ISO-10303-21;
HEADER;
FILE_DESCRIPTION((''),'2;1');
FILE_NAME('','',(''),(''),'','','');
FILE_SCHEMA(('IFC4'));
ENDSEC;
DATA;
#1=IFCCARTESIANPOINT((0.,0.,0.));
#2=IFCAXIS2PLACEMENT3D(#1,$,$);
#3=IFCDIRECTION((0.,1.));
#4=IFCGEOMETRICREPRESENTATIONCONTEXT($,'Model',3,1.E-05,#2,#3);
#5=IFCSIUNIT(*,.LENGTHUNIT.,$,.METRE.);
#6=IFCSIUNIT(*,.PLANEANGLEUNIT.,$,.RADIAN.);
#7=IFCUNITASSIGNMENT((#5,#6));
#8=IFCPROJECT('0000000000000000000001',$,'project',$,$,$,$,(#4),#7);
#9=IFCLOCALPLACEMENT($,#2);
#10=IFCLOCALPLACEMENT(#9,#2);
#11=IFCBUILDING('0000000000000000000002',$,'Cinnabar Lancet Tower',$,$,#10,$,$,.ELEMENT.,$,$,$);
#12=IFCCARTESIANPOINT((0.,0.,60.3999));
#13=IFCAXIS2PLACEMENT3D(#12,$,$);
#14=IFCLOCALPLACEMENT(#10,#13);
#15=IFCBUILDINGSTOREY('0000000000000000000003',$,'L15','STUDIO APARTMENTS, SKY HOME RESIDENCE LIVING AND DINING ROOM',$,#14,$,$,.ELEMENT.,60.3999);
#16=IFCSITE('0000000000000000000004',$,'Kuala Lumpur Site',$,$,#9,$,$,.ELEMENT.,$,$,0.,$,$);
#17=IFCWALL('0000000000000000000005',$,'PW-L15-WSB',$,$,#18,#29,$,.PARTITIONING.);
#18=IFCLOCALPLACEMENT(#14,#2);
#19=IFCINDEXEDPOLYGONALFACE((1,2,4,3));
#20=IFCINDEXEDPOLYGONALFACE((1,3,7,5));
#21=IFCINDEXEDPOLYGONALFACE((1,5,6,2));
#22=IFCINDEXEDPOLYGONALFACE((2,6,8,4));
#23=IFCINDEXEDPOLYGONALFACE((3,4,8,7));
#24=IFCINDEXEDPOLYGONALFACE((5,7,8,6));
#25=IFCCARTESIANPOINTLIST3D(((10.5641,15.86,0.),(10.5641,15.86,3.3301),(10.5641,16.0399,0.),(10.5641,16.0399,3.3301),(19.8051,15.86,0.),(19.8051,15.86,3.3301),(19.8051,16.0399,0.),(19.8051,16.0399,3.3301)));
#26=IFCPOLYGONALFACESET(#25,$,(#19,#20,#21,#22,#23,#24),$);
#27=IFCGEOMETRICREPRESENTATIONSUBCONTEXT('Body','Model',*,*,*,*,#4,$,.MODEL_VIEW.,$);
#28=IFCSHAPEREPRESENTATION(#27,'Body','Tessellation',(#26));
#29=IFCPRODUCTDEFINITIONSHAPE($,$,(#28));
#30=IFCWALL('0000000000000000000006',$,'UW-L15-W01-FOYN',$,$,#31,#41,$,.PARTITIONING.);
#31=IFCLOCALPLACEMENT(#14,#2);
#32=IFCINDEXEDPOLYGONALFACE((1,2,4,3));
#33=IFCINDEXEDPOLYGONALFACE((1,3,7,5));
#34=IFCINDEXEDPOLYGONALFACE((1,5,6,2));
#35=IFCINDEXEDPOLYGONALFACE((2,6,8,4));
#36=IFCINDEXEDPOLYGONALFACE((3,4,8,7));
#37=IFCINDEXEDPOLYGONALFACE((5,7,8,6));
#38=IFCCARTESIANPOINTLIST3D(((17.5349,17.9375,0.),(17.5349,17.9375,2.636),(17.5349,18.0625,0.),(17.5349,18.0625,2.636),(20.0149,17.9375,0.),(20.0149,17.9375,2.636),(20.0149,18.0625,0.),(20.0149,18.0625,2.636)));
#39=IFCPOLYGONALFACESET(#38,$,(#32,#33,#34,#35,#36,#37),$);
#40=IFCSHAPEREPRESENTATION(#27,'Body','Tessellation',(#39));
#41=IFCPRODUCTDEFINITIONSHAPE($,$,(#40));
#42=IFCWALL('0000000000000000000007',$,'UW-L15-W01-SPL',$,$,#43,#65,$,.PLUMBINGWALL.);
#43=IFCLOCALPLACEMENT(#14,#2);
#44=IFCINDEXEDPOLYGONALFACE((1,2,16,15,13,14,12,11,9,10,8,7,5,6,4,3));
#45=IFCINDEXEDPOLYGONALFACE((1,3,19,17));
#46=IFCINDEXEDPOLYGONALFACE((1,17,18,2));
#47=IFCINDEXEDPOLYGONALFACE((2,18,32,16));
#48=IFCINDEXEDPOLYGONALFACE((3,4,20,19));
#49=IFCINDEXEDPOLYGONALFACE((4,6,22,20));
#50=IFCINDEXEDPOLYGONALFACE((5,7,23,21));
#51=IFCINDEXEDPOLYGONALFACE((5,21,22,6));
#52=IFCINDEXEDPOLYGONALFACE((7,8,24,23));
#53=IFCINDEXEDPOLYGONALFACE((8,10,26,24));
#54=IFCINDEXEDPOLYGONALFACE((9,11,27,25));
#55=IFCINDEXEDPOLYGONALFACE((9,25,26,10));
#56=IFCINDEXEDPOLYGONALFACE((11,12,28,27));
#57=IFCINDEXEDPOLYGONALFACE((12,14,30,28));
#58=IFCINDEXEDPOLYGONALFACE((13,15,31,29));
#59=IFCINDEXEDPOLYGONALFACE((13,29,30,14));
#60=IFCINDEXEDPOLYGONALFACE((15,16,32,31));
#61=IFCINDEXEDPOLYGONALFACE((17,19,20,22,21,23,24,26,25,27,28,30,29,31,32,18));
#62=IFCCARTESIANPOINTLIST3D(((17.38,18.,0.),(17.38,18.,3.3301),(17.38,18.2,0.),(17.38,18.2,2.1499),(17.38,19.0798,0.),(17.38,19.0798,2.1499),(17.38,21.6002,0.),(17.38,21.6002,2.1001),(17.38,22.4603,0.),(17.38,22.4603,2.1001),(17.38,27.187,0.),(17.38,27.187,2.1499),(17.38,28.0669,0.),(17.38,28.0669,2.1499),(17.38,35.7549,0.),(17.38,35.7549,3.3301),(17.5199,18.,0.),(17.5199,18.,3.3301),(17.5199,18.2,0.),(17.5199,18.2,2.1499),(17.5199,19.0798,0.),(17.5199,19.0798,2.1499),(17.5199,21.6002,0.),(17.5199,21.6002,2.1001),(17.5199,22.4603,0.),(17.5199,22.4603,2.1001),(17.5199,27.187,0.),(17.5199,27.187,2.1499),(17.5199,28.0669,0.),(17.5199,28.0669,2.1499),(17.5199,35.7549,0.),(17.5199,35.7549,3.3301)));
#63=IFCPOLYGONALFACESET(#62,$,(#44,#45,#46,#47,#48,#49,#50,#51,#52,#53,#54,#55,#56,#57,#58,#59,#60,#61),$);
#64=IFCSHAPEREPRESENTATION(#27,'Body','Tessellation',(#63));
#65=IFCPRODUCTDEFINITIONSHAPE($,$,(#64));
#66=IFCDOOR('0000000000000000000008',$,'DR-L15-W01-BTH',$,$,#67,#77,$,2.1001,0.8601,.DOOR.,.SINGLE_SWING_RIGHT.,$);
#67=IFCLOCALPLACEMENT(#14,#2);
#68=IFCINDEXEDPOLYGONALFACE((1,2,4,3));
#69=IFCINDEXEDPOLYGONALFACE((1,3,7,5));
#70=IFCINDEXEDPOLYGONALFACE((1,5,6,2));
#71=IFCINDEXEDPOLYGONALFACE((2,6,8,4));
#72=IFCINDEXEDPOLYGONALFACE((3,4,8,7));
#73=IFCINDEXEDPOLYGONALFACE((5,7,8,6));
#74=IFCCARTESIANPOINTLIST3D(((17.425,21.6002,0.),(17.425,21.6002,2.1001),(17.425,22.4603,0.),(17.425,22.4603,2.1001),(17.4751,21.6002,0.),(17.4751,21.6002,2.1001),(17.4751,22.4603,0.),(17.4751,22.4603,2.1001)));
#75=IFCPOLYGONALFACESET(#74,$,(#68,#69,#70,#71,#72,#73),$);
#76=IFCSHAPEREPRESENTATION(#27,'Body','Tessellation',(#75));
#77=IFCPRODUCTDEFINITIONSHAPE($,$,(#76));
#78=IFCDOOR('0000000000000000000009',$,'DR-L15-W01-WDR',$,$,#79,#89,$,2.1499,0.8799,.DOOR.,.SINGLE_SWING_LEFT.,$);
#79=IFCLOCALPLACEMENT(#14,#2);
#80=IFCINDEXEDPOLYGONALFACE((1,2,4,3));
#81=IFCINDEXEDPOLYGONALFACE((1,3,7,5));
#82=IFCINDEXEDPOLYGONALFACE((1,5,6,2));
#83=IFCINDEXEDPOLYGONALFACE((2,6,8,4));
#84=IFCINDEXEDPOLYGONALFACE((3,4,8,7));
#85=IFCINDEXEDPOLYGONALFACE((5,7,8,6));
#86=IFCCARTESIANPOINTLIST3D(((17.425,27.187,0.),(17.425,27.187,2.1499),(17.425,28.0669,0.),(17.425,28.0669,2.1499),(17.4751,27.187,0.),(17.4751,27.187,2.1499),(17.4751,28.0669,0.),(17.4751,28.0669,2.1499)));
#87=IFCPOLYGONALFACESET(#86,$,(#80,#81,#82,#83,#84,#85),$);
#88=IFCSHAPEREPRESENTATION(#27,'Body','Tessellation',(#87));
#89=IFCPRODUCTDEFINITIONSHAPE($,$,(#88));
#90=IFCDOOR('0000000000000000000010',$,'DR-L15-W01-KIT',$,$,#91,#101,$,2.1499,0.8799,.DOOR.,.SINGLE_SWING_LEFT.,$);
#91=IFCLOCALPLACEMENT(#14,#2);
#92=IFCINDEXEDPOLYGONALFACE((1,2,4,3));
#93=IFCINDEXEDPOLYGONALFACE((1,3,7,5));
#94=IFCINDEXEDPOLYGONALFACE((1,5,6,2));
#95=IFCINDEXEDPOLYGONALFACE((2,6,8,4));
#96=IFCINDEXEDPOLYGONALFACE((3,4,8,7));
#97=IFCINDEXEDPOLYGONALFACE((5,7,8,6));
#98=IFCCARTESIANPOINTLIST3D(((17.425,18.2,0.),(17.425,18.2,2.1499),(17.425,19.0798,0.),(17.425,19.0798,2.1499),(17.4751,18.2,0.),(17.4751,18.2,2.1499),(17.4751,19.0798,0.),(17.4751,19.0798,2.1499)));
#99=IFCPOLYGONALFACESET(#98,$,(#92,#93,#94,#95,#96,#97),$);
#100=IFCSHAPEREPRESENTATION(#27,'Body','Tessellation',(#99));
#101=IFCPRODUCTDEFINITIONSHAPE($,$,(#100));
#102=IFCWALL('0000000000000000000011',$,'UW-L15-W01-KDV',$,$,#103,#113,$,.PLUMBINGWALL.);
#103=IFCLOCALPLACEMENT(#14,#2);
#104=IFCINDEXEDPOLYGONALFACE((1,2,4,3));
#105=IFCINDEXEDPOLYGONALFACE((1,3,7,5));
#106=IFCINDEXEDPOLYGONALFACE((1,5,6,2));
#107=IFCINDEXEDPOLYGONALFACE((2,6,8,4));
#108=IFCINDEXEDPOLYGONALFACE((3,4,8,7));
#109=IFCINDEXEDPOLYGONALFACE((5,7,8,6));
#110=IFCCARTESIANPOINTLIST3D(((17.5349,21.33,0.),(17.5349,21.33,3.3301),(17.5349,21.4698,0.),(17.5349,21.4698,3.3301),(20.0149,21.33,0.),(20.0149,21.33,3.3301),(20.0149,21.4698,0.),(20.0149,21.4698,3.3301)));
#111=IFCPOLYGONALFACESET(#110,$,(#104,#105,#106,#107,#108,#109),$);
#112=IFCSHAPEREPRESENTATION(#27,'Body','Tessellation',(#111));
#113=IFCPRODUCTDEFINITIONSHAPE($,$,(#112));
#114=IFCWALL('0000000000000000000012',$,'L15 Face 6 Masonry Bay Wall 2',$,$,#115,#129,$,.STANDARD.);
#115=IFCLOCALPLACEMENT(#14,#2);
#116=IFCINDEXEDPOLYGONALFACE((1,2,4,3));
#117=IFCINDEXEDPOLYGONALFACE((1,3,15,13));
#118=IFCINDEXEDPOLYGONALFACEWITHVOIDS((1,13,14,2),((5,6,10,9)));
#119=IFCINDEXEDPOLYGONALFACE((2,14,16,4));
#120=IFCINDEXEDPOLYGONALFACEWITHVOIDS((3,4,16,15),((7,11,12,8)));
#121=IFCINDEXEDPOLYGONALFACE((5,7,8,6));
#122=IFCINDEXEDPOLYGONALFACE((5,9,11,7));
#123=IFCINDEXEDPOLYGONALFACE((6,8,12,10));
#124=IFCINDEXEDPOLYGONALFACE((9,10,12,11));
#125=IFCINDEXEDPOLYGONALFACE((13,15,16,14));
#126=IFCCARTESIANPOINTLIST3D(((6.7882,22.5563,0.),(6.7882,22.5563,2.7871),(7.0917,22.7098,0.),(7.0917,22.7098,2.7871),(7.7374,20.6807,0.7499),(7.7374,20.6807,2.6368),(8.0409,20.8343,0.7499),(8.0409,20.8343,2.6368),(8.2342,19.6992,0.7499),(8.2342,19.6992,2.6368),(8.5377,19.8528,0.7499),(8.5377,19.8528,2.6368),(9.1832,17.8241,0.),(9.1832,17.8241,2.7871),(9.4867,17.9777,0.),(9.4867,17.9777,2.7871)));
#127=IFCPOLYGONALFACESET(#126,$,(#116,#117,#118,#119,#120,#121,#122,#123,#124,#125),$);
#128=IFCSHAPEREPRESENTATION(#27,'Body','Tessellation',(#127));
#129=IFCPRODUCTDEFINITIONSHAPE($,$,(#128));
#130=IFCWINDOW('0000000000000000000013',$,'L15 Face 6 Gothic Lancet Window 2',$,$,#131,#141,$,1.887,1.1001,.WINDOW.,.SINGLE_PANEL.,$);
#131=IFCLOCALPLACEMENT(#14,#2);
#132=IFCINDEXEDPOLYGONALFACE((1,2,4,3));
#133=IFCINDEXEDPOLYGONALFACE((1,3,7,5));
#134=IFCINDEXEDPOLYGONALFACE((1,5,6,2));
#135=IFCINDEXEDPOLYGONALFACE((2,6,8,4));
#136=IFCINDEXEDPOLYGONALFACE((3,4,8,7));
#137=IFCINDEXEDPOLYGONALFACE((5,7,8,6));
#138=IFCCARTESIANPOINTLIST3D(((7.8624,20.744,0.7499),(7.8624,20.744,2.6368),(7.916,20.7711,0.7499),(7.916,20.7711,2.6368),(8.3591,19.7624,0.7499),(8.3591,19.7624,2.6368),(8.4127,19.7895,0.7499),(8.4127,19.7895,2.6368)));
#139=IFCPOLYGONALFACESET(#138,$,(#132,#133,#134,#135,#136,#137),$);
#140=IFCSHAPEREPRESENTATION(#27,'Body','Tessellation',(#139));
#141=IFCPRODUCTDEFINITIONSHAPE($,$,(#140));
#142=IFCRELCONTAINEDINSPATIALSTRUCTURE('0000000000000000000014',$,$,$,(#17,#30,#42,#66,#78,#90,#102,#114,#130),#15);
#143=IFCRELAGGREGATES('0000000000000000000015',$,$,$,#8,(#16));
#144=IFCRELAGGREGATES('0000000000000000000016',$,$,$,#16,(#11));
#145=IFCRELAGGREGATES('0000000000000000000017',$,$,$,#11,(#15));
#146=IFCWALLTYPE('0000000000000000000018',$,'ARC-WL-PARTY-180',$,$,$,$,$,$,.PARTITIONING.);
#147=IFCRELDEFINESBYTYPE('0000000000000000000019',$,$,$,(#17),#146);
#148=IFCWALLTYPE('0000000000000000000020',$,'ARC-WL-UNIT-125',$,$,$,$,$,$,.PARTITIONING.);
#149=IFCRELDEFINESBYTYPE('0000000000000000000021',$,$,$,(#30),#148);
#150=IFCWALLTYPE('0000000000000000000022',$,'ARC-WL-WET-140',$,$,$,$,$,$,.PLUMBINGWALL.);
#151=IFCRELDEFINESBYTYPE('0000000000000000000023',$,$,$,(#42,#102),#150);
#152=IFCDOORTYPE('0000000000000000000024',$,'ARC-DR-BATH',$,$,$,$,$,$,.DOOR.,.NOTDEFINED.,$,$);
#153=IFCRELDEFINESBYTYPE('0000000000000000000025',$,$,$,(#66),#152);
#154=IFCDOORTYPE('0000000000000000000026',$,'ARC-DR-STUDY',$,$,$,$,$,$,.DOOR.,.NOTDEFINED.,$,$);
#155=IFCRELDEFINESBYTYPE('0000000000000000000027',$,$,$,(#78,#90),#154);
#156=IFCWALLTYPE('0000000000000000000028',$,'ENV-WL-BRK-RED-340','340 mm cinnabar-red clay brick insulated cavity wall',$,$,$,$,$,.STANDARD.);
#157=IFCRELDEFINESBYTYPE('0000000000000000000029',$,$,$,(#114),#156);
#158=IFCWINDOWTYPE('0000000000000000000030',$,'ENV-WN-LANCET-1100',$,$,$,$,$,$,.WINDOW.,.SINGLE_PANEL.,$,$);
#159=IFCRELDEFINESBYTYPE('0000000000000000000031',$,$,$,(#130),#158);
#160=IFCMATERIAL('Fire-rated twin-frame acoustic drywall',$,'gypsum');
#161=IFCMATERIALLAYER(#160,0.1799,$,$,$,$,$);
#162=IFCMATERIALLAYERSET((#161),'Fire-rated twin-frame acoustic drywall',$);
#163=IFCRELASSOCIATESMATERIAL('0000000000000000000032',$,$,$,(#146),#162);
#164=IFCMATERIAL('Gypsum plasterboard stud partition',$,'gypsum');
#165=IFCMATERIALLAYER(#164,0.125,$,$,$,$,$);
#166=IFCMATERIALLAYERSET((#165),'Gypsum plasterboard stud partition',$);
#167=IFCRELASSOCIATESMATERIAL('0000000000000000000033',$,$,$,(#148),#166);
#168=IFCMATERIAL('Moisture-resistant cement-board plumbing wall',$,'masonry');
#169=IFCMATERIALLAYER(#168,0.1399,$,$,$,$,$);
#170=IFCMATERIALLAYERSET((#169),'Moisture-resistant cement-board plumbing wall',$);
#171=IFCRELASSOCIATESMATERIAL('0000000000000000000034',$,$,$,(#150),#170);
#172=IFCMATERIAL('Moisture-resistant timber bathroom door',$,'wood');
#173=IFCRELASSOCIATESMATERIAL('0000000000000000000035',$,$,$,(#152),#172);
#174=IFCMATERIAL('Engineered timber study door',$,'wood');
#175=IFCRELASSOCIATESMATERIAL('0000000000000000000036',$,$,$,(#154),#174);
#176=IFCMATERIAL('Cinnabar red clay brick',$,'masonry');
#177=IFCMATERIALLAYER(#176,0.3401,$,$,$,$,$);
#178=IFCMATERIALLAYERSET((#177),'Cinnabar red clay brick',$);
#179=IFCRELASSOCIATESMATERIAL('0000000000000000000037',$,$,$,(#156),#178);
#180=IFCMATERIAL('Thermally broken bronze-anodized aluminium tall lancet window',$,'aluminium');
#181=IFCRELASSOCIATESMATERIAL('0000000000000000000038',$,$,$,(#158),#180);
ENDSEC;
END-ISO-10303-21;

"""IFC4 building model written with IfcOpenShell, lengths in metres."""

from ifc_helpers import new_model, si_unit, direction, frame, frame_2d, origin, place, context, subcontext, project, spatial, rectangle, extrude, material, layer, layer_set, type_object, element, fill, save


model = new_model("IFC4")

# Units and contexts
model_context = context("Model", 3, precision=1e-05, world=origin(), true_north=direction((0.0, 1.0)))
body_context = subcontext(model_context, "Body", "Model", "MODEL_VIEW")
ifc_project = project(units=[si_unit("LENGTHUNIT", "METRE"), si_unit("PLANEANGLEUNIT", "RADIAN")], contexts=[model_context])

# Site, building, storey
site_placement = place(None, origin())
site = spatial("IfcSite", under=ifc_project, at=site_placement, Name="Kuala Lumpur Site", CompositionType="ELEMENT", RefElevation=0.0)
building_placement = place(site_placement, origin())
building = spatial("IfcBuilding", under=site, at=building_placement, Name="Cinnabar Lancet Tower", CompositionType="ELEMENT")
storey_placement = place(building_placement, frame((0.0, 0.0, 60.3999)))
storey = spatial("IfcBuildingStorey", under=building, at=storey_placement, Name="L15", Description="STUDIO APARTMENTS, SKY HOME RESIDENCE LIVING AND DINING ROOM", CompositionType="ELEMENT", Elevation=60.3999)

# Walls
ifc_material_1 = material(Name="Fire-rated twin-frame acoustic drywall", Category="gypsum")
ifc_layer_1 = layer(ifc_material_1, 0.1799)
ifc_layer_set_1 = layer_set([ifc_layer_1], Name="Fire-rated twin-frame acoustic drywall")
wall_type_1 = type_object("IfcWallType", Name="ARC-WL-PARTY-180", PredefinedType="PARTITIONING", material=ifc_layer_set_1)
wall_1_placement = place(storey_placement, frame((10.564, 15.95, 0.0), z_axis=(0.0, 0.0, 1.0), x_axis=(1.0, 0.0, 0.0)))
element("IfcWall", 1, at=wall_1_placement, inside=storey, type_object=wall_type_1, Name="PW-L15-WSB", PredefinedType="PARTITIONING", context=body_context, shape_type="SweptSolid", body=[
    extrude(rectangle(XDim=9.241, YDim=0.1799, at=frame_2d((4.6206, 0.0))), origin(), (0.0, 0.0, 1.0), 3.3301),
])
ifc_material_2 = material(Name="Gypsum plasterboard stud partition", Category="gypsum")
ifc_layer_2 = layer(ifc_material_2, 0.125)
ifc_layer_set_2 = layer_set([ifc_layer_2], Name="Gypsum plasterboard stud partition")
wall_type_2 = type_object("IfcWallType", Name="ARC-WL-UNIT-125", PredefinedType="PARTITIONING", material=ifc_layer_set_2)
wall_2_placement = place(storey_placement, frame((17.5349, 18.0, 0.0), z_axis=(0.0, 0.0, 1.0), x_axis=(1.0, 0.0, 0.0)))
element("IfcWall", 2, at=wall_2_placement, inside=storey, type_object=wall_type_2, Name="UW-L15-W01-FOYN", PredefinedType="PARTITIONING", context=body_context, shape_type="SweptSolid", body=[
    extrude(rectangle(XDim=2.48, YDim=0.125, at=frame_2d((1.24, 0.0))), origin(), (0.0, 0.0, 1.0), 2.636),
])

# Wall, openings, doors
ifc_material_3 = material(Name="Moisture-resistant cement-board plumbing wall", Category="masonry")
ifc_layer_3 = layer(ifc_material_3, 0.1399)
ifc_layer_set_3 = layer_set([ifc_layer_3], Name="Moisture-resistant cement-board plumbing wall")
wall_type_3 = type_object("IfcWallType", Name="ARC-WL-WET-140", PredefinedType="PLUMBINGWALL", material=ifc_layer_set_3)
wall_3_placement = place(storey_placement, frame((17.45, 18.0, 0.0), z_axis=(0.0, 0.0, 1.0), x_axis=(0.0, 1.0, 0.0)))
wall_3 = element("IfcWall", 3, at=wall_3_placement, inside=storey, type_object=wall_type_3, Name="UW-L15-W01-SPL", PredefinedType="PLUMBINGWALL", context=body_context, shape_type="SweptSolid", body=[
    extrude(rectangle(XDim=17.7549, YDim=0.1399, at=frame_2d((8.8774, 0.0))), origin(), (0.0, 0.0, 1.0), 3.3301),
])
opening_1_placement = place(wall_3_placement, frame((3.6001, 0.0, 0.0)))
opening_1 = element("IfcOpeningElement", 4, at=opening_1_placement, cuts=wall_3, PredefinedType="OPENING", context=body_context, shape_type="SweptSolid", body=[
    extrude(rectangle(XDim=0.8601, YDim=2.1001, at=frame_2d((0.4302, 1.05))), frame((0.0, 0.0798, 0.0), z_axis=(0.0, -1.0, 0.0), x_axis=(1.0, 0.0, 0.0)), (0.0, 0.0, 1.0), 0.1599),
])
opening_2_placement = place(wall_3_placement, frame((9.187, 0.0, 0.0)))
opening_2 = element("IfcOpeningElement", 5, at=opening_2_placement, cuts=wall_3, PredefinedType="OPENING", context=body_context, shape_type="SweptSolid", body=[
    extrude(rectangle(XDim=0.8799, YDim=2.1499, at=frame_2d((0.4399, 1.075))), frame((0.0, 0.0798, 0.0), z_axis=(0.0, -1.0, 0.0), x_axis=(1.0, 0.0, 0.0)), (0.0, 0.0, 1.0), 0.1599),
])
opening_3_placement = place(wall_3_placement, frame((0.2, 0.0, 0.0)))
opening_3 = element("IfcOpeningElement", 6, at=opening_3_placement, cuts=wall_3, PredefinedType="OPENING", context=body_context, shape_type="SweptSolid", body=[
    extrude(rectangle(XDim=0.8799, YDim=2.1499, at=frame_2d((0.4399, 1.075))), frame((0.0, 0.0798, 0.0), z_axis=(0.0, -1.0, 0.0), x_axis=(1.0, 0.0, 0.0)), (0.0, 0.0, 1.0), 0.1599),
])
ifc_material_4 = material(Name="Moisture-resistant timber bathroom door", Category="wood")
door_type_1 = type_object("IfcDoorType", Name="ARC-DR-BATH", OperationType="NOTDEFINED", PredefinedType="DOOR", material=ifc_material_4)
door_1_placement = place(opening_1_placement, origin())
door_1 = element("IfcDoor", 7, at=door_1_placement, inside=storey, type_object=door_type_1, Name="DR-L15-W01-BTH", OperationType="SINGLE_SWING_RIGHT", OverallHeight=2.1001, OverallWidth=0.8601, PredefinedType="DOOR", context=body_context, shape_type="SweptSolid", body=[
    extrude(rectangle(XDim=0.8601, YDim=2.1001, at=frame_2d((0.4302, 1.05))), frame((0.0, 0.0249, 0.0), z_axis=(0.0, -1.0, 0.0), x_axis=(1.0, 0.0, 0.0)), (0.0, 0.0, 1.0), 0.05),
])
fill(opening_1, door_1)
ifc_material_5 = material(Name="Engineered timber study door", Category="wood")
door_type_2 = type_object("IfcDoorType", Name="ARC-DR-STUDY", OperationType="NOTDEFINED", PredefinedType="DOOR", material=ifc_material_5)
door_2_placement = place(opening_2_placement, origin())
door_2 = element("IfcDoor", 8, at=door_2_placement, inside=storey, type_object=door_type_2, Name="DR-L15-W01-WDR", OperationType="SINGLE_SWING_LEFT", OverallHeight=2.1499, OverallWidth=0.8799, PredefinedType="DOOR", context=body_context, shape_type="SweptSolid", body=[
    extrude(rectangle(XDim=0.8799, YDim=2.1499, at=frame_2d((0.4399, 1.075))), frame((0.0, 0.0249, 0.0), z_axis=(0.0, -1.0, 0.0), x_axis=(1.0, 0.0, 0.0)), (0.0, 0.0, 1.0), 0.05),
])
fill(opening_2, door_2)
door_3_placement = place(opening_3_placement, origin())
door_3 = element("IfcDoor", 9, at=door_3_placement, inside=storey, type_object=door_type_2, Name="DR-L15-W01-KIT", OperationType="SINGLE_SWING_LEFT", OverallHeight=2.1499, OverallWidth=0.8799, PredefinedType="DOOR", context=body_context, shape_type="SweptSolid", body=[
    extrude(rectangle(XDim=0.8799, YDim=2.1499, at=frame_2d((0.4399, 1.075))), frame((0.0, 0.0249, 0.0), z_axis=(0.0, -1.0, 0.0), x_axis=(1.0, 0.0, 0.0)), (0.0, 0.0, 1.0), 0.05),
])
fill(opening_3, door_3)

# Wall
wall_4_placement = place(storey_placement, frame((17.5349, 21.3999, 0.0), z_axis=(0.0, 0.0, 1.0), x_axis=(1.0, 0.0, 0.0)))
element("IfcWall", 10, at=wall_4_placement, inside=storey, type_object=wall_type_3, Name="UW-L15-W01-KDV", PredefinedType="PLUMBINGWALL", context=body_context, shape_type="SweptSolid", body=[
    extrude(rectangle(XDim=2.48, YDim=0.1399, at=frame_2d((1.24, 0.0))), origin(), (0.0, 0.0, 1.0), 3.3301),
])

# Wall, opening, window
ifc_material_6 = material(Name="Cinnabar red clay brick", Category="masonry")
ifc_layer_4 = layer(ifc_material_6, 0.3401)
ifc_layer_set_4 = layer_set([ifc_layer_4], Name="Cinnabar red clay brick")
wall_type_4 = type_object("IfcWallType", Name="ENV-WL-BRK-RED-340", Description="340 mm cinnabar-red clay brick insulated cavity wall", PredefinedType="STANDARD", material=ifc_layer_set_4)
wall_5_placement = place(storey_placement, frame((6.9399, 22.6331, 0.0), z_axis=(0.0, 0.0, 1.0), x_axis=(0.451572, -0.892235, 0.0)))
wall_5 = element("IfcWall", 11, at=wall_5_placement, inside=storey, type_object=wall_type_4, Name="L15 Face 6 Masonry Bay Wall 2", PredefinedType="STANDARD", context=body_context, shape_type="SweptSolid", body=[
    extrude(rectangle(XDim=5.3037, YDim=0.3401, at=frame_2d((2.6519, 0.0))), origin(), (0.0, 0.0, 1.0), 2.7871),
])
opening_4_placement = place(wall_5_placement, frame((2.1021, 0.0, 0.75)))
opening_4 = element("IfcOpeningElement", 12, at=opening_4_placement, cuts=wall_5, PredefinedType="OPENING", context=body_context, shape_type="SweptSolid", body=[
    extrude(rectangle(XDim=1.1001, YDim=1.887, at=frame_2d((0.55, 0.9434))), frame((0.0, 0.1799, 0.0), z_axis=(0.0, -1.0, 0.0), x_axis=(1.0, 0.0, 0.0)), (0.0, 0.0, 1.0), 0.3601),
])
ifc_material_7 = material(Name="Thermally broken bronze-anodized aluminium tall lancet window", Category="aluminium")
window_type = type_object("IfcWindowType", Name="ENV-WN-LANCET-1100", PartitioningType="SINGLE_PANEL", PredefinedType="WINDOW", material=ifc_material_7)
window_placement = place(opening_4_placement, origin())
window = element("IfcWindow", 13, at=window_placement, inside=storey, type_object=window_type, Name="L15 Face 6 Gothic Lancet Window 2", OverallHeight=1.887, OverallWidth=1.1001, PartitioningType="SINGLE_PANEL", PredefinedType="WINDOW", context=body_context, shape_type="SweptSolid", body=[
    extrude(rectangle(XDim=1.1001, YDim=1.887, at=frame_2d((0.55, 0.9434))), frame((0.0, 0.03, 0.0), z_axis=(0.0, -1.0, 0.0), x_axis=(1.0, 0.0, 0.0)), (0.0, 0.0, 1.0), 0.0601),
])
fill(opening_4, window)

save(model, "model.ifc")
